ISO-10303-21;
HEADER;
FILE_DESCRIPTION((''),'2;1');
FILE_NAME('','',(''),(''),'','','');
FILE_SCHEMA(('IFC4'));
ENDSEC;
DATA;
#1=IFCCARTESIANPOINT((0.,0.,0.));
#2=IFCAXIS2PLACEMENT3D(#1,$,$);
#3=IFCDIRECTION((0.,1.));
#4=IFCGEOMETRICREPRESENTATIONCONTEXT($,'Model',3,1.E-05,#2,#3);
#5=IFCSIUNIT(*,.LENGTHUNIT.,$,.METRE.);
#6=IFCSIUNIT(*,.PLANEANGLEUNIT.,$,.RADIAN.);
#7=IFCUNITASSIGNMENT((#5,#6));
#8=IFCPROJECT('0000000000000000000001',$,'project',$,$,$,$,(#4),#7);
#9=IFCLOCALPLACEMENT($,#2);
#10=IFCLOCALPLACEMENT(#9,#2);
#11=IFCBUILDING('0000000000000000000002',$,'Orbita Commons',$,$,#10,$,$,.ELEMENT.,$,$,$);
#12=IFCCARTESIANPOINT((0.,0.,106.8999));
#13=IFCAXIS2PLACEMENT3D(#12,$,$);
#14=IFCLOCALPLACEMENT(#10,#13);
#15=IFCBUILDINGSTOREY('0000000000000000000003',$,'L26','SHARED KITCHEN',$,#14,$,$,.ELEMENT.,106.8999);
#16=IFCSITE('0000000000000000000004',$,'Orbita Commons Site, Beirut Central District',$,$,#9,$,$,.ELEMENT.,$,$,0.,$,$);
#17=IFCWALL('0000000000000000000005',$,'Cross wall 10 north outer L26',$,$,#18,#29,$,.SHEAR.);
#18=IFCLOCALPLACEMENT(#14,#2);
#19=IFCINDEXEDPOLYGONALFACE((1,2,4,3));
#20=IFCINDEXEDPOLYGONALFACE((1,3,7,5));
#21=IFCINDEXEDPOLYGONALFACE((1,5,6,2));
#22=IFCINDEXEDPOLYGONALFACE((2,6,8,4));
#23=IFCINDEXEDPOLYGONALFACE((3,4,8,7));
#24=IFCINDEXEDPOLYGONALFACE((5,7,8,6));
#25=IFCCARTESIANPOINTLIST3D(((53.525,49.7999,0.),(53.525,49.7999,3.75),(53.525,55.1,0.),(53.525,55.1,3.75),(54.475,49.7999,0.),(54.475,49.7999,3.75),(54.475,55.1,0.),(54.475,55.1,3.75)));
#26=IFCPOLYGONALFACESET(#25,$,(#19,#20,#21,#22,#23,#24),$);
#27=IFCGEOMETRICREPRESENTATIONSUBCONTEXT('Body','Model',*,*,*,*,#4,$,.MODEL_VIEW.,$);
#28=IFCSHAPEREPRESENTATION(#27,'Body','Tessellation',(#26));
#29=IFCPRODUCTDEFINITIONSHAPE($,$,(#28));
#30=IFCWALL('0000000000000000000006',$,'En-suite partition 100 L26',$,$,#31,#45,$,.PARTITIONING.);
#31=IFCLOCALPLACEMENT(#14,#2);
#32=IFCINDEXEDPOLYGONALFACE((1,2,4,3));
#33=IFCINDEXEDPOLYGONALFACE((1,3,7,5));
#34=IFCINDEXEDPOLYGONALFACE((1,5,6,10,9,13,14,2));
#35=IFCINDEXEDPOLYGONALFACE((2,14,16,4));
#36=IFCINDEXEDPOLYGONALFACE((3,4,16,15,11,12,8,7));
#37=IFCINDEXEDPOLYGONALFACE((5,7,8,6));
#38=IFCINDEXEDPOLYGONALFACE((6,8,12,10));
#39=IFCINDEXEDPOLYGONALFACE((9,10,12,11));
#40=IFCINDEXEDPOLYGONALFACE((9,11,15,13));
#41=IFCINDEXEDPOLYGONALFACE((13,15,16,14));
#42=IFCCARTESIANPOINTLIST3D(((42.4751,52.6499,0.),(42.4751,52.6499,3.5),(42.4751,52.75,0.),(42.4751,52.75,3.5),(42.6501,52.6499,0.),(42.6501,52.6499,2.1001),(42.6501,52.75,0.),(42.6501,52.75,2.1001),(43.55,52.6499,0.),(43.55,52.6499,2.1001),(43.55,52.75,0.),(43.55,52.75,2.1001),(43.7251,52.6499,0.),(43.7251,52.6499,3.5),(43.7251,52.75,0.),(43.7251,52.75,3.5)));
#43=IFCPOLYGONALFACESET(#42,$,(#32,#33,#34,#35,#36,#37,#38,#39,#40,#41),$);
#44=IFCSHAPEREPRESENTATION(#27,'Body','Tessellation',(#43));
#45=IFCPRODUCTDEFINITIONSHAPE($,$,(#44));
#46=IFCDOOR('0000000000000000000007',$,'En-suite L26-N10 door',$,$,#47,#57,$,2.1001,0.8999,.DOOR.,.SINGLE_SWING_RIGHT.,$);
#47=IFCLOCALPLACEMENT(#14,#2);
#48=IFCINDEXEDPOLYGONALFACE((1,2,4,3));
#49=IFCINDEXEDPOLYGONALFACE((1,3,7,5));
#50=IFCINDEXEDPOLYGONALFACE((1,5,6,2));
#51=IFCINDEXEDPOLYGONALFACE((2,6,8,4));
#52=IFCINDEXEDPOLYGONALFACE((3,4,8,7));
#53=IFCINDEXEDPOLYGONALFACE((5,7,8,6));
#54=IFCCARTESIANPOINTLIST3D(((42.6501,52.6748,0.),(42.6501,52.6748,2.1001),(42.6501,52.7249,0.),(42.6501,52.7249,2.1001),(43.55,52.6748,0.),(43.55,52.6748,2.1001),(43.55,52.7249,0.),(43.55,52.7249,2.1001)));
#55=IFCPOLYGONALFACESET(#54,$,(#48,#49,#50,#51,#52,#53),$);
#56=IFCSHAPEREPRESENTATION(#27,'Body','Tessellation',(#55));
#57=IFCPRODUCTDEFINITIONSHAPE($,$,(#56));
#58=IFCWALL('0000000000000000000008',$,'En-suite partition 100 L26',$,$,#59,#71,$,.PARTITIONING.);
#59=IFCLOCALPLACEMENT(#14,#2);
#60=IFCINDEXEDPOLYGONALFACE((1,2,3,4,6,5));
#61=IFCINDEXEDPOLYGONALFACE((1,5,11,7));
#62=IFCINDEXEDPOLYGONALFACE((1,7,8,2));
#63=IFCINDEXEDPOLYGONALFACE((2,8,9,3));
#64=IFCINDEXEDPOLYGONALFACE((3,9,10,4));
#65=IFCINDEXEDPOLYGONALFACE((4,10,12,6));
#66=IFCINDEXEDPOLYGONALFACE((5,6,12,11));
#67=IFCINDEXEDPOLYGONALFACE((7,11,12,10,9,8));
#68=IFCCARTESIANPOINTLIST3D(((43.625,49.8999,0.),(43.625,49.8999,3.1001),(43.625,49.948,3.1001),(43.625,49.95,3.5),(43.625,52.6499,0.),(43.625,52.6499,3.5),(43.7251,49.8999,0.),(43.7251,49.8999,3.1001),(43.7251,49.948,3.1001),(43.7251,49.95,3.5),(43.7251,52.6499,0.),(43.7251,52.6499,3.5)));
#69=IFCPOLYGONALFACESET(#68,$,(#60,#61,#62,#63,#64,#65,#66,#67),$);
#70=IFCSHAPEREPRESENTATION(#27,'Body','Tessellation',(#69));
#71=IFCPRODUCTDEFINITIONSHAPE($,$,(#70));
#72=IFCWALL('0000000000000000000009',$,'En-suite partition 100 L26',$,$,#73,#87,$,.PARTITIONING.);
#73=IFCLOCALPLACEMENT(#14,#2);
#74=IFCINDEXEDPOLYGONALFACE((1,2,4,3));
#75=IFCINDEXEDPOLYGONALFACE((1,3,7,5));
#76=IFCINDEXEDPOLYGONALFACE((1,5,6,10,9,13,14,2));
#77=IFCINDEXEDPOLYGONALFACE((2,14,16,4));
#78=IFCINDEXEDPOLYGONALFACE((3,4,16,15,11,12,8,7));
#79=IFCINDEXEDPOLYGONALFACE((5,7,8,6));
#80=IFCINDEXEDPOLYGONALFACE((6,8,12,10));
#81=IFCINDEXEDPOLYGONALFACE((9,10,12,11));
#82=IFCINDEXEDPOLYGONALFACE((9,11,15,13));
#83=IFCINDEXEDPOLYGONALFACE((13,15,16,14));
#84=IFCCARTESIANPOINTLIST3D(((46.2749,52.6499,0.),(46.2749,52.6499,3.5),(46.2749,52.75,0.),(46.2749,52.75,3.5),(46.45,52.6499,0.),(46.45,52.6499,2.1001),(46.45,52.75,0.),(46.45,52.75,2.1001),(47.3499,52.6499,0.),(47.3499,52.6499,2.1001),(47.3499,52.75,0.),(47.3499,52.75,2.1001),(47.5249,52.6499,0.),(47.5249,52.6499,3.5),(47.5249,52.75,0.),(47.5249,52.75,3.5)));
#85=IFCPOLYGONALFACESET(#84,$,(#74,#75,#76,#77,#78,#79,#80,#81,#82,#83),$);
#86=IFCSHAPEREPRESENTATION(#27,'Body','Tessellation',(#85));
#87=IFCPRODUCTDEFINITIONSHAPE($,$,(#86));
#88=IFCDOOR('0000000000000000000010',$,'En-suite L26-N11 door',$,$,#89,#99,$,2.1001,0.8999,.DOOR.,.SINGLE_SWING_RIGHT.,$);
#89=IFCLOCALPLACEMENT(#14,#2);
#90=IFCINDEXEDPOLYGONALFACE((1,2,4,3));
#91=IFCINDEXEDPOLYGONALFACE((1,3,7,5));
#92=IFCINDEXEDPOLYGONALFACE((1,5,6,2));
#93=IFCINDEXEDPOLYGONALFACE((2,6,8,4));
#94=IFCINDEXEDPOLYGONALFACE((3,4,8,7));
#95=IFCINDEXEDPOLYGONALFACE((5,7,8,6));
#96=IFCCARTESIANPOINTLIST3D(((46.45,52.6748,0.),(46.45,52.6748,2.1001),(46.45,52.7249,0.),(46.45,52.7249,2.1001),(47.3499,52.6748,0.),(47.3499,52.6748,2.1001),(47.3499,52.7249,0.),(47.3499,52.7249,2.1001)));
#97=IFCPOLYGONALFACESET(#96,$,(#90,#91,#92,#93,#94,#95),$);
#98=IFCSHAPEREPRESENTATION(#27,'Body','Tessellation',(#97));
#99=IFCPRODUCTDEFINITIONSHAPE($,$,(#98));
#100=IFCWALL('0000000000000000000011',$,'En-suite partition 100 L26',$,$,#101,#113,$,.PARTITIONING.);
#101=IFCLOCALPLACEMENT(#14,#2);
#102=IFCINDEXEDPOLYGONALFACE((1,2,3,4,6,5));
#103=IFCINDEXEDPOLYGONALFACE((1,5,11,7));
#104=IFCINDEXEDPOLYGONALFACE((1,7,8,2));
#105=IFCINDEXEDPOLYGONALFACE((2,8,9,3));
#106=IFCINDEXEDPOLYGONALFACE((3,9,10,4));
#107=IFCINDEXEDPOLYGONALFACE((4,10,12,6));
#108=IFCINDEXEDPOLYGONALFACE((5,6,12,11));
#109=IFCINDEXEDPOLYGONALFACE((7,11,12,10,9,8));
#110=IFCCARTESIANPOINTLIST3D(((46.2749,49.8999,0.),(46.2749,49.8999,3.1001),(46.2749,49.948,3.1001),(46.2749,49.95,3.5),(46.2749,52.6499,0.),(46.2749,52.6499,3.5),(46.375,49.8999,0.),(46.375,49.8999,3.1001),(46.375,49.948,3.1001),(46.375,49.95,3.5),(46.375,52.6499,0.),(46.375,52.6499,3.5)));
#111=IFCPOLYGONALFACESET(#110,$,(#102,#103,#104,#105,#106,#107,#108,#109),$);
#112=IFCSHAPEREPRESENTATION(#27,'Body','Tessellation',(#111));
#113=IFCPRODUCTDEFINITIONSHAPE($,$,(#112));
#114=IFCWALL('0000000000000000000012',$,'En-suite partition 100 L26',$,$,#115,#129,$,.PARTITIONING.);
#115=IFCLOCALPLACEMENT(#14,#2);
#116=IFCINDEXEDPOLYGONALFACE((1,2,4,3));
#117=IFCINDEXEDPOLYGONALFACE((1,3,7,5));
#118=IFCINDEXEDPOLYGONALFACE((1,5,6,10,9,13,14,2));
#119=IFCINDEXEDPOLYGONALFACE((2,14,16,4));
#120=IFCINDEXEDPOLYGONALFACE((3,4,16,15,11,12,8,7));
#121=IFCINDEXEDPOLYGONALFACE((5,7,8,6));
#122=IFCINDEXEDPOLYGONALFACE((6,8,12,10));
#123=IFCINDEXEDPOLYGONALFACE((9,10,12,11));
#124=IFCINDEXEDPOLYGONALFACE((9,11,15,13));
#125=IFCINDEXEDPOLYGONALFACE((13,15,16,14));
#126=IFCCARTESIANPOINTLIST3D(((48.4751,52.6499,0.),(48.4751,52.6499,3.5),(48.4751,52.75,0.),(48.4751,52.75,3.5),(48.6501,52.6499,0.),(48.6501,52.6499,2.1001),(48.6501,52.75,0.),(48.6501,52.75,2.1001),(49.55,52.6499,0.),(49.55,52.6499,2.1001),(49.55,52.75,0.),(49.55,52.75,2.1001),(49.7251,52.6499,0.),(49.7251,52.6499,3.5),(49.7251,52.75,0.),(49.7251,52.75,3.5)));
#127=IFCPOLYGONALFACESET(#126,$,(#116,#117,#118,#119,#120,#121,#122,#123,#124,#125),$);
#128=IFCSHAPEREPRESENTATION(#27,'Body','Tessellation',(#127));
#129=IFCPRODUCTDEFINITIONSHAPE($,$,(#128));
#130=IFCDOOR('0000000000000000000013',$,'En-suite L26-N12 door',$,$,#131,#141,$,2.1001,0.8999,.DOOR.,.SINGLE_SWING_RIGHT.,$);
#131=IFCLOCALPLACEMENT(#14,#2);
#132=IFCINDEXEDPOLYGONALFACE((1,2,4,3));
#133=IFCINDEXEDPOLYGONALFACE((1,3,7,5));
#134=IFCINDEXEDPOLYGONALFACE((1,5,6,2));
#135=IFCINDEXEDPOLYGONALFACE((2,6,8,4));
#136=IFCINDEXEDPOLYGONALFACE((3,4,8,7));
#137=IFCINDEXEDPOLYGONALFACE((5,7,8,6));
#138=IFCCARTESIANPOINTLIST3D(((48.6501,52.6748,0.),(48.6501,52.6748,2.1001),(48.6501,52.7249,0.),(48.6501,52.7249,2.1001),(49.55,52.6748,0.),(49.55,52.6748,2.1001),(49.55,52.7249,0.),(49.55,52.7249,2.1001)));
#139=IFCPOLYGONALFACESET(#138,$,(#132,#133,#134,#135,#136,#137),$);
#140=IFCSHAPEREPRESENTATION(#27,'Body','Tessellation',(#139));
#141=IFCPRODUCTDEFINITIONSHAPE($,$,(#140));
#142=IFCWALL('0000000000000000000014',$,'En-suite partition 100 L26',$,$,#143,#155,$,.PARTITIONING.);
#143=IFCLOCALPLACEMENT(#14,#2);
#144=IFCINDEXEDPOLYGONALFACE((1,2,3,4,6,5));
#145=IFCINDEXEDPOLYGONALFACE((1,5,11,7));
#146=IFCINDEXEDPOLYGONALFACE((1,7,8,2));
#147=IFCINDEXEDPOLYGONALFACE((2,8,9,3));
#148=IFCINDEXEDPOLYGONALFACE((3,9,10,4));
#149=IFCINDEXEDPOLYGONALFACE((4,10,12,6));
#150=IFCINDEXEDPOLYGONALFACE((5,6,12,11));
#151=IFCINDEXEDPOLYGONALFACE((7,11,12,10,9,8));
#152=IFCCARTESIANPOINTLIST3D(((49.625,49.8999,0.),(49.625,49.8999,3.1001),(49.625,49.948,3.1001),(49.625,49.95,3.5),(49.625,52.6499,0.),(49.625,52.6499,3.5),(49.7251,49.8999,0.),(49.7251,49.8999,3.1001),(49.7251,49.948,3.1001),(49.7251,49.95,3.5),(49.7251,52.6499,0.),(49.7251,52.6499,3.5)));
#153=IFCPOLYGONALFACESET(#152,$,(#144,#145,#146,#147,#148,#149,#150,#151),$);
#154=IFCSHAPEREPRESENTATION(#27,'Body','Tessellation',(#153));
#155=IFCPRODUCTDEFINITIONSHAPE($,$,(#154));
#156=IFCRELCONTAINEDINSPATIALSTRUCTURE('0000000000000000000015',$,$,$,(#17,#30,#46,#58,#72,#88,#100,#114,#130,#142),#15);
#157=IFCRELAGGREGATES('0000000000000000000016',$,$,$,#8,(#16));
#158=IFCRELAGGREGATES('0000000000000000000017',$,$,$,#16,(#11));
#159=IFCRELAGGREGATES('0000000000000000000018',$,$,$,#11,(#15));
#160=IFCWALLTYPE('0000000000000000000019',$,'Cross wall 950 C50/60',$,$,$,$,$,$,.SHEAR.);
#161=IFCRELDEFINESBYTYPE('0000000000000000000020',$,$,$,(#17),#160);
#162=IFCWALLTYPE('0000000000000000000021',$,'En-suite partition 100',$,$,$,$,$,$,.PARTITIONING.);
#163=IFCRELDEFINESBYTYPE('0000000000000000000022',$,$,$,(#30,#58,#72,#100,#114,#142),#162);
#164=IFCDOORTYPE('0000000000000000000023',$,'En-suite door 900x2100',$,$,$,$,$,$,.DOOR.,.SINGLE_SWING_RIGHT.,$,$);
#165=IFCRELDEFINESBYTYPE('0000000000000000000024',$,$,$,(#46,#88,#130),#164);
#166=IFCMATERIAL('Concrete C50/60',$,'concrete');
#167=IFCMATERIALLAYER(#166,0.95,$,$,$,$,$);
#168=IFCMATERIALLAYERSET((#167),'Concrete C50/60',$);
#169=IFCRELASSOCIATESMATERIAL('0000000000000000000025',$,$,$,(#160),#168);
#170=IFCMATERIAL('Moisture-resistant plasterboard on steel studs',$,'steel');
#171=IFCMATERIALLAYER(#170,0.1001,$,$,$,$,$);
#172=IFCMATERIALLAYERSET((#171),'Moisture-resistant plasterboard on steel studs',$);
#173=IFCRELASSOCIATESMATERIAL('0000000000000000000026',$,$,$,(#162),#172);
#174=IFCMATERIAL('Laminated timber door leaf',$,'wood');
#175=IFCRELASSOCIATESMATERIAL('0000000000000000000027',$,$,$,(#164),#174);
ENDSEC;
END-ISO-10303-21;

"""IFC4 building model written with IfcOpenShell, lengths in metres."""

from ifc_helpers import new_model, si_unit, direction, frame, frame_2d, origin, place, context, subcontext, project, spatial, polyline, rectangle, outline, extrude, material, layer, layer_set, type_object, element, fill, save


model = new_model("IFC4")

# Units and contexts
model_context = context("Model", 3, precision=1e-05, world=origin(), true_north=direction((0.0, 1.0)))
body_context = subcontext(model_context, "Body", "Model", "MODEL_VIEW")
ifc_project = project(units=[si_unit("LENGTHUNIT", "METRE"), si_unit("PLANEANGLEUNIT", "RADIAN")], contexts=[model_context])

# Site, building, storey
site_placement = place(None, origin())
site = spatial("IfcSite", under=ifc_project, at=site_placement, Name="Orbita Commons Site, Beirut Central District", CompositionType="ELEMENT", RefElevation=0.0)
building_placement = place(site_placement, origin())
building = spatial("IfcBuilding", under=site, at=building_placement, Name="Orbita Commons", CompositionType="ELEMENT")
storey_placement = place(building_placement, frame((0.0, 0.0, 106.8999)))
storey = spatial("IfcBuildingStorey", under=building, at=storey_placement, Name="L26", Description="SHARED KITCHEN", CompositionType="ELEMENT", Elevation=106.8999)

# Wall
ifc_material_1 = material(Name="Concrete C50/60", Category="concrete")
ifc_layer_1 = layer(ifc_material_1, 0.95)
ifc_layer_set_1 = layer_set([ifc_layer_1], Name="Concrete C50/60")
wall_type_1 = type_object("IfcWallType", Name="Cross wall 950 C50/60", PredefinedType="SHEAR", material=ifc_layer_set_1)
for number, where, z_axis, x_axis, name in (
    (1, (54.0, 49.8, 0.0), (0.0, 0.0, 1.0), (0.0, 1.0, 0.0), "Cross wall 10 north outer L26"),
):
    element("IfcWall", number, at=place(storey_placement, frame(where, z_axis=z_axis, x_axis=x_axis)), inside=storey, type_object=wall_type_1, Name=name, PredefinedType="SHEAR", context=body_context, shape_type="SweptSolid", body=[
        extrude(rectangle(XDim=5.3, YDim=0.95, at=frame_2d((2.6499, 0.0))), origin(), (0.0, 0.0, 1.0), 3.75),
    ])

# Wall, opening, door
ifc_material_2 = material(Name="Moisture-resistant plasterboard on steel studs", Category="steel")
ifc_layer_2 = layer(ifc_material_2, 0.1001)
ifc_layer_set_2 = layer_set([ifc_layer_2], Name="Moisture-resistant plasterboard on steel studs")
wall_type_2 = type_object("IfcWallType", Name="En-suite partition 100", PredefinedType="PARTITIONING", material=ifc_layer_set_2)
wall_1_placement = place(storey_placement, frame((42.4751, 52.7, 0.0), z_axis=(0.0, 0.0, 1.0), x_axis=(1.0, 0.0, 0.0)))
wall_1 = element("IfcWall", 2, at=wall_1_placement, inside=storey, type_object=wall_type_2, Name="En-suite partition 100 L26", PredefinedType="PARTITIONING", context=body_context, shape_type="SweptSolid", body=[
    extrude(rectangle(XDim=1.25, YDim=0.1001, at=frame_2d((0.625, 0.0))), origin(), (0.0, 0.0, 1.0), 3.5),
])
opening_1_placement = place(wall_1_placement, frame((0.175, 0.0, 0.0)))
opening_1 = element("IfcOpeningElement", 3, at=opening_1_placement, cuts=wall_1, PredefinedType="OPENING", context=body_context, shape_type="SweptSolid", body=[
    extrude(rectangle(XDim=0.8999, YDim=2.1001, at=frame_2d((0.45, 1.05))), frame((0.0, 0.0601, 0.0), z_axis=(0.0, -1.0, 0.0), x_axis=(1.0, 0.0, 0.0)), (0.0, 0.0, 1.0), 0.1201),
])
ifc_material_3 = material(Name="Laminated timber door leaf", Category="wood")
door_type_1 = type_object("IfcDoorType", Name="En-suite door 900x2100", OperationType="SINGLE_SWING_RIGHT", PredefinedType="DOOR", material=ifc_material_3)
door_1_placement = place(opening_1_placement, origin())
door_1 = element("IfcDoor", 4, at=door_1_placement, inside=storey, type_object=door_type_1, Name="En-suite L26-N10 door", OperationType="SINGLE_SWING_RIGHT", OverallHeight=2.1001, OverallWidth=0.8999, PredefinedType="DOOR", context=body_context, shape_type="SweptSolid", body=[
    extrude(rectangle(XDim=0.8999, YDim=2.1001, at=frame_2d((0.45, 1.05))), frame((0.0, 0.0249, 0.0), z_axis=(0.0, -1.0, 0.0), x_axis=(1.0, 0.0, 0.0)), (0.0, 0.0, 1.0), 0.05),
])
fill(opening_1, door_1)

# Wall
wall_2_placement = place(storey_placement, frame((43.675, 52.6499, 0.0), z_axis=(0.0, 0.0, 1.0), x_axis=(0.0, -1.0, 0.0)))
element("IfcWall", 5, at=wall_2_placement, inside=storey, type_object=wall_type_2, Name="En-suite partition 100 L26", PredefinedType="PARTITIONING", context=body_context, shape_type="SweptSolid", body=[
    extrude(outline(polyline([(0.0, 0.0), (2.75, 0.0), (2.75, 3.1001), (2.7019, 3.1001), (2.7, 3.5), (0.0, 3.5), (0.0, 0.0)])), frame((0.0, 0.05, 0.0), z_axis=(0.0, -1.0, 0.0), x_axis=(1.0, 0.0, 0.0)), (0.0, 0.0, 1.0), 0.1001),
])

# Wall, opening, door
wall_3_placement = place(storey_placement, frame((46.2749, 52.7, 0.0), z_axis=(0.0, 0.0, 1.0), x_axis=(1.0, 0.0, 0.0)))
wall_3 = element("IfcWall", 6, at=wall_3_placement, inside=storey, type_object=wall_type_2, Name="En-suite partition 100 L26", PredefinedType="PARTITIONING", context=body_context, shape_type="SweptSolid", body=[
    extrude(rectangle(XDim=1.25, YDim=0.1001, at=frame_2d((0.625, 0.0))), origin(), (0.0, 0.0, 1.0), 3.5),
])
opening_2_placement = place(wall_3_placement, frame((0.175, 0.0, 0.0)))
opening_2 = element("IfcOpeningElement", 7, at=opening_2_placement, cuts=wall_3, PredefinedType="OPENING", context=body_context, shape_type="SweptSolid", body=[
    extrude(rectangle(XDim=0.8999, YDim=2.1001, at=frame_2d((0.45, 1.05))), frame((0.0, 0.0601, 0.0), z_axis=(0.0, -1.0, 0.0), x_axis=(1.0, 0.0, 0.0)), (0.0, 0.0, 1.0), 0.1201),
])
door_2_placement = place(opening_2_placement, origin())
door_2 = element("IfcDoor", 8, at=door_2_placement, inside=storey, type_object=door_type_1, Name="En-suite L26-N11 door", OperationType="SINGLE_SWING_RIGHT", OverallHeight=2.1001, OverallWidth=0.8999, PredefinedType="DOOR", context=body_context, shape_type="SweptSolid", body=[
    extrude(rectangle(XDim=0.8999, YDim=2.1001, at=frame_2d((0.45, 1.05))), frame((0.0, 0.0249, 0.0), z_axis=(0.0, -1.0, 0.0), x_axis=(1.0, 0.0, 0.0)), (0.0, 0.0, 1.0), 0.05),
])
fill(opening_2, door_2)

# Wall
wall_4_placement = place(storey_placement, frame((46.325, 52.6499, 0.0), z_axis=(0.0, 0.0, 1.0), x_axis=(0.0, -1.0, 0.0)))
element("IfcWall", 9, at=wall_4_placement, inside=storey, type_object=wall_type_2, Name="En-suite partition 100 L26", PredefinedType="PARTITIONING", context=body_context, shape_type="SweptSolid", body=[
    extrude(outline(polyline([(0.0, 0.0), (2.75, 0.0), (2.75, 3.1001), (2.7019, 3.1001), (2.7, 3.5), (0.0, 3.5), (0.0, 0.0)])), frame((0.0, 0.05, 0.0), z_axis=(0.0, -1.0, 0.0), x_axis=(1.0, 0.0, 0.0)), (0.0, 0.0, 1.0), 0.1001),
])

# Wall, opening, door
wall_5_placement = place(storey_placement, frame((48.4751, 52.7, 0.0), z_axis=(0.0, 0.0, 1.0), x_axis=(1.0, 0.0, 0.0)))
wall_5 = element("IfcWall", 10, at=wall_5_placement, inside=storey, type_object=wall_type_2, Name="En-suite partition 100 L26", PredefinedType="PARTITIONING", context=body_context, shape_type="SweptSolid", body=[
    extrude(rectangle(XDim=1.25, YDim=0.1001, at=frame_2d((0.625, 0.0))), origin(), (0.0, 0.0, 1.0), 3.5),
])
opening_3_placement = place(wall_5_placement, frame((0.175, 0.0, 0.0)))
opening_3 = element("IfcOpeningElement", 11, at=opening_3_placement, cuts=wall_5, PredefinedType="OPENING", context=body_context, shape_type="SweptSolid", body=[
    extrude(rectangle(XDim=0.8999, YDim=2.1001, at=frame_2d((0.45, 1.05))), frame((0.0, 0.0601, 0.0), z_axis=(0.0, -1.0, 0.0), x_axis=(1.0, 0.0, 0.0)), (0.0, 0.0, 1.0), 0.1201),
])
door_3_placement = place(opening_3_placement, origin())
door_3 = element("IfcDoor", 12, at=door_3_placement, inside=storey, type_object=door_type_1, Name="En-suite L26-N12 door", OperationType="SINGLE_SWING_RIGHT", OverallHeight=2.1001, OverallWidth=0.8999, PredefinedType="DOOR", context=body_context, shape_type="SweptSolid", body=[
    extrude(rectangle(XDim=0.8999, YDim=2.1001, at=frame_2d((0.45, 1.05))), frame((0.0, 0.0249, 0.0), z_axis=(0.0, -1.0, 0.0), x_axis=(1.0, 0.0, 0.0)), (0.0, 0.0, 1.0), 0.05),
])
fill(opening_3, door_3)

# Wall
wall_6_placement = place(storey_placement, frame((49.675, 52.6499, 0.0), z_axis=(0.0, 0.0, 1.0), x_axis=(0.0, -1.0, 0.0)))
element("IfcWall", 13, at=wall_6_placement, inside=storey, type_object=wall_type_2, Name="En-suite partition 100 L26", PredefinedType="PARTITIONING", context=body_context, shape_type="SweptSolid", body=[
    extrude(outline(polyline([(0.0, 0.0), (2.75, 0.0), (2.75, 3.1001), (2.7019, 3.1001), (2.7, 3.5), (0.0, 3.5), (0.0, 0.0)])), frame((0.0, 0.05, 0.0), z_axis=(0.0, -1.0, 0.0), x_axis=(1.0, 0.0, 0.0)), (0.0, 0.0, 1.0), 0.1001),
])

save(model, "model.ifc")
